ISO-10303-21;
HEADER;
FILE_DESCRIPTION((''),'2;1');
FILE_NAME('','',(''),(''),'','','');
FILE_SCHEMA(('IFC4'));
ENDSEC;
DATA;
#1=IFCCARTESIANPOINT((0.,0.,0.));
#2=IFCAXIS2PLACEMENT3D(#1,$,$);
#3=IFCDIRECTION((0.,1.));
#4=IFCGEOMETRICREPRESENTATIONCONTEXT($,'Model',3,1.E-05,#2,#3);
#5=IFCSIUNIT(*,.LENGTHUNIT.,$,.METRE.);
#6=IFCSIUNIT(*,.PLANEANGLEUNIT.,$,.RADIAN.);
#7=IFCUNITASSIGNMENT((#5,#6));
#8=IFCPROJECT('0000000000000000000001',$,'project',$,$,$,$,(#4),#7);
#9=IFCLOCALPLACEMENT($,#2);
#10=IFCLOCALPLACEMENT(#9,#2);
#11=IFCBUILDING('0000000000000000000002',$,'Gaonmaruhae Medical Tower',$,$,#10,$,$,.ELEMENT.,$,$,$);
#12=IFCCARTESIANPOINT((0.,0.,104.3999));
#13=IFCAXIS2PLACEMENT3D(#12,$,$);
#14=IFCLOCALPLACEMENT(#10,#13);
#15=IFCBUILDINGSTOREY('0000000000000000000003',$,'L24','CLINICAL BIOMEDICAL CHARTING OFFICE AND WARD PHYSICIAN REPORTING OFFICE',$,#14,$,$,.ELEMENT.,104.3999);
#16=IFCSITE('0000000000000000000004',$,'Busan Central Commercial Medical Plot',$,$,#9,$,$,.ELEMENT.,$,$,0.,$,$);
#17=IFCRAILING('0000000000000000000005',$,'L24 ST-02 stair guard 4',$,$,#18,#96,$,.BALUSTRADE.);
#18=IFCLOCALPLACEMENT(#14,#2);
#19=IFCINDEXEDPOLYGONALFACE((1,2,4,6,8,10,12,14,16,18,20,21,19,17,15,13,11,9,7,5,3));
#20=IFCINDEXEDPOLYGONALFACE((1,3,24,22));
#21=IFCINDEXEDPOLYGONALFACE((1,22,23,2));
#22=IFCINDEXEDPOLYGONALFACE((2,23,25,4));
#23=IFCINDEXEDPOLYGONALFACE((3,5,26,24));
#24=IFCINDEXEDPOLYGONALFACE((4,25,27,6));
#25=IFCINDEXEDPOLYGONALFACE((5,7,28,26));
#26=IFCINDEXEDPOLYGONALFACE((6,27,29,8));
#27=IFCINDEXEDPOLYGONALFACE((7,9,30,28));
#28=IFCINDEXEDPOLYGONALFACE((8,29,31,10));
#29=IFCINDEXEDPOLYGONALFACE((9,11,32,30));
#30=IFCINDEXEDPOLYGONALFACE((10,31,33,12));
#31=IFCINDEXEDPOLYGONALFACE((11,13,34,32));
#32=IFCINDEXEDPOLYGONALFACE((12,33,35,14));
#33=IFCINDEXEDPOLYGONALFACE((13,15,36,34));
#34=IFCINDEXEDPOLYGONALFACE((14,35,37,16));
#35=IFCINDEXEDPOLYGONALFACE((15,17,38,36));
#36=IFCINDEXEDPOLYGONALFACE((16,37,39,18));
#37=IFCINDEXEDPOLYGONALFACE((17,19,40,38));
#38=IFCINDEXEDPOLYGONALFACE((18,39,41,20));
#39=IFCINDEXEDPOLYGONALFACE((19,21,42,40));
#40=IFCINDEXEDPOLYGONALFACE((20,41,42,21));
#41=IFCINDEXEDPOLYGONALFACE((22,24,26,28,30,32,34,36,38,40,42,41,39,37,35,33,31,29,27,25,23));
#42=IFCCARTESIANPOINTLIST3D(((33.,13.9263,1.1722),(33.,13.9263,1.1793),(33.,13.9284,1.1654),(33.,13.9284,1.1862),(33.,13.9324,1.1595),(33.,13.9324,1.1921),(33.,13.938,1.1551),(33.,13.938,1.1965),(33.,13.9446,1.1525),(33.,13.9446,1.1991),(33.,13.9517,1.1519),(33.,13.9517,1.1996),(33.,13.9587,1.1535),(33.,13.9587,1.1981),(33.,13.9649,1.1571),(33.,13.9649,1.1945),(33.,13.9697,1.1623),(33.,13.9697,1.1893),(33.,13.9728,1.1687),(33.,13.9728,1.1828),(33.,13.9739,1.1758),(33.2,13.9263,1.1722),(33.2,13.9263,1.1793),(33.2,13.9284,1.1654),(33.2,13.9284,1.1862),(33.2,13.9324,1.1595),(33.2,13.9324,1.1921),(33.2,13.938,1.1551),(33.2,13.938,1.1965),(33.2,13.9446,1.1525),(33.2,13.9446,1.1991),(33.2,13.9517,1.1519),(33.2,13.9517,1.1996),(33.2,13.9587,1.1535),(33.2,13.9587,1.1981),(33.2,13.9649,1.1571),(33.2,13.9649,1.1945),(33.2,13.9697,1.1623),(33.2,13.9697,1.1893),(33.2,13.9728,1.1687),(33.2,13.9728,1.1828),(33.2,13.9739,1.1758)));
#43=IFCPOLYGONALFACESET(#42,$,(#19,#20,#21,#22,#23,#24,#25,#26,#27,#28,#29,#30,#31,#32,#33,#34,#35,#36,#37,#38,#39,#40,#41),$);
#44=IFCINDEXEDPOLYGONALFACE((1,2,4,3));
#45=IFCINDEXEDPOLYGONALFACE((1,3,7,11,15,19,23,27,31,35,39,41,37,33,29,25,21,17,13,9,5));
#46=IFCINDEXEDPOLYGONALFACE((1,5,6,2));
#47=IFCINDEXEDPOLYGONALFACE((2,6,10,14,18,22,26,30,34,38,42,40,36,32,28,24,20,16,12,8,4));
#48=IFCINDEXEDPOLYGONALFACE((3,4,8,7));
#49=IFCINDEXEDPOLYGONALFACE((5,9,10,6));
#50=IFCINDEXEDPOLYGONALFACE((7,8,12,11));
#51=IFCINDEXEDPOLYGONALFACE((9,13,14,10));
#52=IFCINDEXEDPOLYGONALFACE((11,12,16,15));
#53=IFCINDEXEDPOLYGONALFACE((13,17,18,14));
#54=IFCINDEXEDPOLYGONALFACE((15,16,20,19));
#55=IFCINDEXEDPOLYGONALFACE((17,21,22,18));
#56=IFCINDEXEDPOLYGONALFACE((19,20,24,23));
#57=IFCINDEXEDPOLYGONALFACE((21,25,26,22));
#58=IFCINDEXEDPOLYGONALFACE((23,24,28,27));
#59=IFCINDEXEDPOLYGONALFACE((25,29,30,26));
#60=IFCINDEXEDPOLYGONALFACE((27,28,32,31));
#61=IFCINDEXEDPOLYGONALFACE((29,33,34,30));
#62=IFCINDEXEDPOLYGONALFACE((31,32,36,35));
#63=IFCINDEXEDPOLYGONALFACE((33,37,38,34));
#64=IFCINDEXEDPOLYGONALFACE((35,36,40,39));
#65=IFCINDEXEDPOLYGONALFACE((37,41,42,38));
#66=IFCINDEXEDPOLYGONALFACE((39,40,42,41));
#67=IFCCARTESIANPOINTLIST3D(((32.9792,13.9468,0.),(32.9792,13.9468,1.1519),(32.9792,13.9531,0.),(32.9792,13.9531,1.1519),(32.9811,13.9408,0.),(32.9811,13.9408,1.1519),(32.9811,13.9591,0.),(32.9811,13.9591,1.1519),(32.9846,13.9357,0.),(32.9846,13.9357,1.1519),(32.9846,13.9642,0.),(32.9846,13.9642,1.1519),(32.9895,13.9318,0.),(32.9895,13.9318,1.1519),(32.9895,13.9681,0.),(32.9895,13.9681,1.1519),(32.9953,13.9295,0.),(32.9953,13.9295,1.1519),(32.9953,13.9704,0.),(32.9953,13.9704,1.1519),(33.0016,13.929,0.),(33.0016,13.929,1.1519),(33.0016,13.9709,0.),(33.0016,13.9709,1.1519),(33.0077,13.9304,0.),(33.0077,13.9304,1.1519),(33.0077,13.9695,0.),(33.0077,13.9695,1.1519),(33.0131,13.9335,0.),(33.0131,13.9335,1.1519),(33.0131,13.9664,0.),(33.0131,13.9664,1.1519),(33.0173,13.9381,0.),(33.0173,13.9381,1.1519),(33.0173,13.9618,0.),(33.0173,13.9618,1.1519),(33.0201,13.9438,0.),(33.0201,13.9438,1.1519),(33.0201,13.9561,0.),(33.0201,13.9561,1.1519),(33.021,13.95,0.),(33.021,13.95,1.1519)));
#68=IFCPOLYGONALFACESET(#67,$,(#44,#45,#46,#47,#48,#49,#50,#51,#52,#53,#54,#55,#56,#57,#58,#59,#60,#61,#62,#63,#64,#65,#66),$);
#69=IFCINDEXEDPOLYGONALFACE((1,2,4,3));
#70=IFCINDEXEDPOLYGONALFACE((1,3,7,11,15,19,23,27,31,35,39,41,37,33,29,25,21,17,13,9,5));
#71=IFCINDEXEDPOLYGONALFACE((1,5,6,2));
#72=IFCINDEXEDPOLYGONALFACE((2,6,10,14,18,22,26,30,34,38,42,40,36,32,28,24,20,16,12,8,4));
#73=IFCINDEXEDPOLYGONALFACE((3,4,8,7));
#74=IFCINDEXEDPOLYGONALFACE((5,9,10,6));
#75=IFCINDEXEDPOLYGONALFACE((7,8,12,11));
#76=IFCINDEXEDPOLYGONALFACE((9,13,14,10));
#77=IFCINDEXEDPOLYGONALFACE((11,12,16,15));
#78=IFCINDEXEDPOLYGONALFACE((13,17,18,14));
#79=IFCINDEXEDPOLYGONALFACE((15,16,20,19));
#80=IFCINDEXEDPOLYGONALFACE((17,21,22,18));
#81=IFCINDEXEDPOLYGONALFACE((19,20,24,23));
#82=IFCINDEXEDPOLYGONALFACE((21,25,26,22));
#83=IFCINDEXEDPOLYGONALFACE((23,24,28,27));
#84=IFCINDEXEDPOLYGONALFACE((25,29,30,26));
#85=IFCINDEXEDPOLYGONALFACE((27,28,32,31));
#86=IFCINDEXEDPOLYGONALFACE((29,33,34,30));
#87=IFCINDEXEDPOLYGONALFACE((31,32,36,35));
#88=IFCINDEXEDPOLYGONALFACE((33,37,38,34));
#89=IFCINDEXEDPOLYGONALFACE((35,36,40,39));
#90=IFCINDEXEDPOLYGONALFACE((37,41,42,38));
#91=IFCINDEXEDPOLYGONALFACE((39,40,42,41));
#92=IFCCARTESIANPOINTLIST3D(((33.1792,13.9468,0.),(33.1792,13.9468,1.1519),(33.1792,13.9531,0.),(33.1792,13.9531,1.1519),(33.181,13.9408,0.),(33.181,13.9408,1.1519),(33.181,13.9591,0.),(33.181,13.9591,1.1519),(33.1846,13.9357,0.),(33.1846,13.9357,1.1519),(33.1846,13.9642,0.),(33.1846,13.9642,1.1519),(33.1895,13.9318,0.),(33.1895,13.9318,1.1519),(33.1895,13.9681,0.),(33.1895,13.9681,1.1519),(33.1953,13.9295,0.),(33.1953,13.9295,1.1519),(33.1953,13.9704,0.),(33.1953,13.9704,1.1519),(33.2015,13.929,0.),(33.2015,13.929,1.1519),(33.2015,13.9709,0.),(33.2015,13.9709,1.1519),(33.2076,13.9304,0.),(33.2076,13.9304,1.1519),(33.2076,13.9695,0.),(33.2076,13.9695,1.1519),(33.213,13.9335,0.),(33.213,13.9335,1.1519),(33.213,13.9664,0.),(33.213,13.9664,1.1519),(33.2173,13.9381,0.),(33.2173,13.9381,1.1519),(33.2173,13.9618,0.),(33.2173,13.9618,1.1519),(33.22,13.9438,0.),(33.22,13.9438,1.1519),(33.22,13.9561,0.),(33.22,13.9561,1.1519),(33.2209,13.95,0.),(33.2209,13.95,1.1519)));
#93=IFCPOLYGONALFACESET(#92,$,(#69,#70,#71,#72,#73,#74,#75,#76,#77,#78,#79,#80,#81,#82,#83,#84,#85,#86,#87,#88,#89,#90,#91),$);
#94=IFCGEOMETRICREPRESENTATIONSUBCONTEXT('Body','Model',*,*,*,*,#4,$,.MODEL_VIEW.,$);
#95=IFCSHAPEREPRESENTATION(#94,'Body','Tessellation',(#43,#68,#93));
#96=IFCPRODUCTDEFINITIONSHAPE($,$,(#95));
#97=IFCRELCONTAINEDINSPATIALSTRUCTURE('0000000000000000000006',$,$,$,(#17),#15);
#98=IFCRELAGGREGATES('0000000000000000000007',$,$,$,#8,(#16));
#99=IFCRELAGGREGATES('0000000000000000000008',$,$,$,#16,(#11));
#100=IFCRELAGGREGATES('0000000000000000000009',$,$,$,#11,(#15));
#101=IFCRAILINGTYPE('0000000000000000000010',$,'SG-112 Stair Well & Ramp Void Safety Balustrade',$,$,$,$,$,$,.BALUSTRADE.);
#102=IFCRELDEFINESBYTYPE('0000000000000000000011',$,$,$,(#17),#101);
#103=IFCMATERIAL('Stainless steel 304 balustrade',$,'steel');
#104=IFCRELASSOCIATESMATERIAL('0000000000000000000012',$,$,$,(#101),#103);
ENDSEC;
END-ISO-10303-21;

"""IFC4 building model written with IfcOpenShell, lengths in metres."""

from ifc_helpers import new_model, si_unit, direction, frame, origin, origin_2d, place, context, subcontext, project, spatial, circle, extrude, material, type_object, element, save


model = new_model("IFC4")

# Units and contexts
model_context = context("Model", 3, precision=1e-05, world=origin(), true_north=direction((0.0, 1.0)))
body_context = subcontext(model_context, "Body", "Model", "MODEL_VIEW")
ifc_project = project(units=[si_unit("LENGTHUNIT", "METRE"), si_unit("PLANEANGLEUNIT", "RADIAN")], contexts=[model_context])

# Site, building, storey
site_placement = place(None, origin())
site = spatial("IfcSite", under=ifc_project, at=site_placement, Name="Busan Central Commercial Medical Plot", CompositionType="ELEMENT", RefElevation=0.0)
building_placement = place(site_placement, origin())
building = spatial("IfcBuilding", under=site, at=building_placement, Name="Gaonmaruhae Medical Tower", CompositionType="ELEMENT")
storey_placement = place(building_placement, frame((0.0, 0.0, 104.3999)))
storey = spatial("IfcBuildingStorey", under=building, at=storey_placement, Name="L24", Description="CLINICAL BIOMEDICAL CHARTING OFFICE AND WARD PHYSICIAN REPORTING OFFICE", CompositionType="ELEMENT", Elevation=104.3999)

# Railing
ifc_material_1 = material(Name="Stainless steel 304 balustrade", Category="steel")
railing_type = type_object("IfcRailingType", Name="SG-112 Stair Well & Ramp Void Safety Balustrade", PredefinedType="BALUSTRADE", material=ifc_material_1)
railing_1_placement = place(storey_placement, frame((33.0, 13.95, 0.0)))
element("IfcRailing", 1, at=railing_1_placement, inside=storey, type_object=railing_type, Name="L24 ST-02 stair guard 4", PredefinedType="BALUSTRADE", context=body_context, shape_type="SweptSolid", body=[
    extrude(circle(Radius=0.0239, at=origin_2d()), frame((0.0, 0.0, 1.1758), z_axis=(1.0, 0.0, 0.0), x_axis=(0.0, 1.0, 0.0)), (0.0, 0.0, 1.0), 0.2),
    extrude(circle(Radius=0.021, at=origin_2d()), origin(), (0.0, 0.0, 1.0), 1.1519),
    extrude(circle(Radius=0.021, at=origin_2d()), frame((0.2, 0.0, 0.0)), (0.0, 0.0, 1.0), 1.1519),
])

save(model, "model.ifc")
